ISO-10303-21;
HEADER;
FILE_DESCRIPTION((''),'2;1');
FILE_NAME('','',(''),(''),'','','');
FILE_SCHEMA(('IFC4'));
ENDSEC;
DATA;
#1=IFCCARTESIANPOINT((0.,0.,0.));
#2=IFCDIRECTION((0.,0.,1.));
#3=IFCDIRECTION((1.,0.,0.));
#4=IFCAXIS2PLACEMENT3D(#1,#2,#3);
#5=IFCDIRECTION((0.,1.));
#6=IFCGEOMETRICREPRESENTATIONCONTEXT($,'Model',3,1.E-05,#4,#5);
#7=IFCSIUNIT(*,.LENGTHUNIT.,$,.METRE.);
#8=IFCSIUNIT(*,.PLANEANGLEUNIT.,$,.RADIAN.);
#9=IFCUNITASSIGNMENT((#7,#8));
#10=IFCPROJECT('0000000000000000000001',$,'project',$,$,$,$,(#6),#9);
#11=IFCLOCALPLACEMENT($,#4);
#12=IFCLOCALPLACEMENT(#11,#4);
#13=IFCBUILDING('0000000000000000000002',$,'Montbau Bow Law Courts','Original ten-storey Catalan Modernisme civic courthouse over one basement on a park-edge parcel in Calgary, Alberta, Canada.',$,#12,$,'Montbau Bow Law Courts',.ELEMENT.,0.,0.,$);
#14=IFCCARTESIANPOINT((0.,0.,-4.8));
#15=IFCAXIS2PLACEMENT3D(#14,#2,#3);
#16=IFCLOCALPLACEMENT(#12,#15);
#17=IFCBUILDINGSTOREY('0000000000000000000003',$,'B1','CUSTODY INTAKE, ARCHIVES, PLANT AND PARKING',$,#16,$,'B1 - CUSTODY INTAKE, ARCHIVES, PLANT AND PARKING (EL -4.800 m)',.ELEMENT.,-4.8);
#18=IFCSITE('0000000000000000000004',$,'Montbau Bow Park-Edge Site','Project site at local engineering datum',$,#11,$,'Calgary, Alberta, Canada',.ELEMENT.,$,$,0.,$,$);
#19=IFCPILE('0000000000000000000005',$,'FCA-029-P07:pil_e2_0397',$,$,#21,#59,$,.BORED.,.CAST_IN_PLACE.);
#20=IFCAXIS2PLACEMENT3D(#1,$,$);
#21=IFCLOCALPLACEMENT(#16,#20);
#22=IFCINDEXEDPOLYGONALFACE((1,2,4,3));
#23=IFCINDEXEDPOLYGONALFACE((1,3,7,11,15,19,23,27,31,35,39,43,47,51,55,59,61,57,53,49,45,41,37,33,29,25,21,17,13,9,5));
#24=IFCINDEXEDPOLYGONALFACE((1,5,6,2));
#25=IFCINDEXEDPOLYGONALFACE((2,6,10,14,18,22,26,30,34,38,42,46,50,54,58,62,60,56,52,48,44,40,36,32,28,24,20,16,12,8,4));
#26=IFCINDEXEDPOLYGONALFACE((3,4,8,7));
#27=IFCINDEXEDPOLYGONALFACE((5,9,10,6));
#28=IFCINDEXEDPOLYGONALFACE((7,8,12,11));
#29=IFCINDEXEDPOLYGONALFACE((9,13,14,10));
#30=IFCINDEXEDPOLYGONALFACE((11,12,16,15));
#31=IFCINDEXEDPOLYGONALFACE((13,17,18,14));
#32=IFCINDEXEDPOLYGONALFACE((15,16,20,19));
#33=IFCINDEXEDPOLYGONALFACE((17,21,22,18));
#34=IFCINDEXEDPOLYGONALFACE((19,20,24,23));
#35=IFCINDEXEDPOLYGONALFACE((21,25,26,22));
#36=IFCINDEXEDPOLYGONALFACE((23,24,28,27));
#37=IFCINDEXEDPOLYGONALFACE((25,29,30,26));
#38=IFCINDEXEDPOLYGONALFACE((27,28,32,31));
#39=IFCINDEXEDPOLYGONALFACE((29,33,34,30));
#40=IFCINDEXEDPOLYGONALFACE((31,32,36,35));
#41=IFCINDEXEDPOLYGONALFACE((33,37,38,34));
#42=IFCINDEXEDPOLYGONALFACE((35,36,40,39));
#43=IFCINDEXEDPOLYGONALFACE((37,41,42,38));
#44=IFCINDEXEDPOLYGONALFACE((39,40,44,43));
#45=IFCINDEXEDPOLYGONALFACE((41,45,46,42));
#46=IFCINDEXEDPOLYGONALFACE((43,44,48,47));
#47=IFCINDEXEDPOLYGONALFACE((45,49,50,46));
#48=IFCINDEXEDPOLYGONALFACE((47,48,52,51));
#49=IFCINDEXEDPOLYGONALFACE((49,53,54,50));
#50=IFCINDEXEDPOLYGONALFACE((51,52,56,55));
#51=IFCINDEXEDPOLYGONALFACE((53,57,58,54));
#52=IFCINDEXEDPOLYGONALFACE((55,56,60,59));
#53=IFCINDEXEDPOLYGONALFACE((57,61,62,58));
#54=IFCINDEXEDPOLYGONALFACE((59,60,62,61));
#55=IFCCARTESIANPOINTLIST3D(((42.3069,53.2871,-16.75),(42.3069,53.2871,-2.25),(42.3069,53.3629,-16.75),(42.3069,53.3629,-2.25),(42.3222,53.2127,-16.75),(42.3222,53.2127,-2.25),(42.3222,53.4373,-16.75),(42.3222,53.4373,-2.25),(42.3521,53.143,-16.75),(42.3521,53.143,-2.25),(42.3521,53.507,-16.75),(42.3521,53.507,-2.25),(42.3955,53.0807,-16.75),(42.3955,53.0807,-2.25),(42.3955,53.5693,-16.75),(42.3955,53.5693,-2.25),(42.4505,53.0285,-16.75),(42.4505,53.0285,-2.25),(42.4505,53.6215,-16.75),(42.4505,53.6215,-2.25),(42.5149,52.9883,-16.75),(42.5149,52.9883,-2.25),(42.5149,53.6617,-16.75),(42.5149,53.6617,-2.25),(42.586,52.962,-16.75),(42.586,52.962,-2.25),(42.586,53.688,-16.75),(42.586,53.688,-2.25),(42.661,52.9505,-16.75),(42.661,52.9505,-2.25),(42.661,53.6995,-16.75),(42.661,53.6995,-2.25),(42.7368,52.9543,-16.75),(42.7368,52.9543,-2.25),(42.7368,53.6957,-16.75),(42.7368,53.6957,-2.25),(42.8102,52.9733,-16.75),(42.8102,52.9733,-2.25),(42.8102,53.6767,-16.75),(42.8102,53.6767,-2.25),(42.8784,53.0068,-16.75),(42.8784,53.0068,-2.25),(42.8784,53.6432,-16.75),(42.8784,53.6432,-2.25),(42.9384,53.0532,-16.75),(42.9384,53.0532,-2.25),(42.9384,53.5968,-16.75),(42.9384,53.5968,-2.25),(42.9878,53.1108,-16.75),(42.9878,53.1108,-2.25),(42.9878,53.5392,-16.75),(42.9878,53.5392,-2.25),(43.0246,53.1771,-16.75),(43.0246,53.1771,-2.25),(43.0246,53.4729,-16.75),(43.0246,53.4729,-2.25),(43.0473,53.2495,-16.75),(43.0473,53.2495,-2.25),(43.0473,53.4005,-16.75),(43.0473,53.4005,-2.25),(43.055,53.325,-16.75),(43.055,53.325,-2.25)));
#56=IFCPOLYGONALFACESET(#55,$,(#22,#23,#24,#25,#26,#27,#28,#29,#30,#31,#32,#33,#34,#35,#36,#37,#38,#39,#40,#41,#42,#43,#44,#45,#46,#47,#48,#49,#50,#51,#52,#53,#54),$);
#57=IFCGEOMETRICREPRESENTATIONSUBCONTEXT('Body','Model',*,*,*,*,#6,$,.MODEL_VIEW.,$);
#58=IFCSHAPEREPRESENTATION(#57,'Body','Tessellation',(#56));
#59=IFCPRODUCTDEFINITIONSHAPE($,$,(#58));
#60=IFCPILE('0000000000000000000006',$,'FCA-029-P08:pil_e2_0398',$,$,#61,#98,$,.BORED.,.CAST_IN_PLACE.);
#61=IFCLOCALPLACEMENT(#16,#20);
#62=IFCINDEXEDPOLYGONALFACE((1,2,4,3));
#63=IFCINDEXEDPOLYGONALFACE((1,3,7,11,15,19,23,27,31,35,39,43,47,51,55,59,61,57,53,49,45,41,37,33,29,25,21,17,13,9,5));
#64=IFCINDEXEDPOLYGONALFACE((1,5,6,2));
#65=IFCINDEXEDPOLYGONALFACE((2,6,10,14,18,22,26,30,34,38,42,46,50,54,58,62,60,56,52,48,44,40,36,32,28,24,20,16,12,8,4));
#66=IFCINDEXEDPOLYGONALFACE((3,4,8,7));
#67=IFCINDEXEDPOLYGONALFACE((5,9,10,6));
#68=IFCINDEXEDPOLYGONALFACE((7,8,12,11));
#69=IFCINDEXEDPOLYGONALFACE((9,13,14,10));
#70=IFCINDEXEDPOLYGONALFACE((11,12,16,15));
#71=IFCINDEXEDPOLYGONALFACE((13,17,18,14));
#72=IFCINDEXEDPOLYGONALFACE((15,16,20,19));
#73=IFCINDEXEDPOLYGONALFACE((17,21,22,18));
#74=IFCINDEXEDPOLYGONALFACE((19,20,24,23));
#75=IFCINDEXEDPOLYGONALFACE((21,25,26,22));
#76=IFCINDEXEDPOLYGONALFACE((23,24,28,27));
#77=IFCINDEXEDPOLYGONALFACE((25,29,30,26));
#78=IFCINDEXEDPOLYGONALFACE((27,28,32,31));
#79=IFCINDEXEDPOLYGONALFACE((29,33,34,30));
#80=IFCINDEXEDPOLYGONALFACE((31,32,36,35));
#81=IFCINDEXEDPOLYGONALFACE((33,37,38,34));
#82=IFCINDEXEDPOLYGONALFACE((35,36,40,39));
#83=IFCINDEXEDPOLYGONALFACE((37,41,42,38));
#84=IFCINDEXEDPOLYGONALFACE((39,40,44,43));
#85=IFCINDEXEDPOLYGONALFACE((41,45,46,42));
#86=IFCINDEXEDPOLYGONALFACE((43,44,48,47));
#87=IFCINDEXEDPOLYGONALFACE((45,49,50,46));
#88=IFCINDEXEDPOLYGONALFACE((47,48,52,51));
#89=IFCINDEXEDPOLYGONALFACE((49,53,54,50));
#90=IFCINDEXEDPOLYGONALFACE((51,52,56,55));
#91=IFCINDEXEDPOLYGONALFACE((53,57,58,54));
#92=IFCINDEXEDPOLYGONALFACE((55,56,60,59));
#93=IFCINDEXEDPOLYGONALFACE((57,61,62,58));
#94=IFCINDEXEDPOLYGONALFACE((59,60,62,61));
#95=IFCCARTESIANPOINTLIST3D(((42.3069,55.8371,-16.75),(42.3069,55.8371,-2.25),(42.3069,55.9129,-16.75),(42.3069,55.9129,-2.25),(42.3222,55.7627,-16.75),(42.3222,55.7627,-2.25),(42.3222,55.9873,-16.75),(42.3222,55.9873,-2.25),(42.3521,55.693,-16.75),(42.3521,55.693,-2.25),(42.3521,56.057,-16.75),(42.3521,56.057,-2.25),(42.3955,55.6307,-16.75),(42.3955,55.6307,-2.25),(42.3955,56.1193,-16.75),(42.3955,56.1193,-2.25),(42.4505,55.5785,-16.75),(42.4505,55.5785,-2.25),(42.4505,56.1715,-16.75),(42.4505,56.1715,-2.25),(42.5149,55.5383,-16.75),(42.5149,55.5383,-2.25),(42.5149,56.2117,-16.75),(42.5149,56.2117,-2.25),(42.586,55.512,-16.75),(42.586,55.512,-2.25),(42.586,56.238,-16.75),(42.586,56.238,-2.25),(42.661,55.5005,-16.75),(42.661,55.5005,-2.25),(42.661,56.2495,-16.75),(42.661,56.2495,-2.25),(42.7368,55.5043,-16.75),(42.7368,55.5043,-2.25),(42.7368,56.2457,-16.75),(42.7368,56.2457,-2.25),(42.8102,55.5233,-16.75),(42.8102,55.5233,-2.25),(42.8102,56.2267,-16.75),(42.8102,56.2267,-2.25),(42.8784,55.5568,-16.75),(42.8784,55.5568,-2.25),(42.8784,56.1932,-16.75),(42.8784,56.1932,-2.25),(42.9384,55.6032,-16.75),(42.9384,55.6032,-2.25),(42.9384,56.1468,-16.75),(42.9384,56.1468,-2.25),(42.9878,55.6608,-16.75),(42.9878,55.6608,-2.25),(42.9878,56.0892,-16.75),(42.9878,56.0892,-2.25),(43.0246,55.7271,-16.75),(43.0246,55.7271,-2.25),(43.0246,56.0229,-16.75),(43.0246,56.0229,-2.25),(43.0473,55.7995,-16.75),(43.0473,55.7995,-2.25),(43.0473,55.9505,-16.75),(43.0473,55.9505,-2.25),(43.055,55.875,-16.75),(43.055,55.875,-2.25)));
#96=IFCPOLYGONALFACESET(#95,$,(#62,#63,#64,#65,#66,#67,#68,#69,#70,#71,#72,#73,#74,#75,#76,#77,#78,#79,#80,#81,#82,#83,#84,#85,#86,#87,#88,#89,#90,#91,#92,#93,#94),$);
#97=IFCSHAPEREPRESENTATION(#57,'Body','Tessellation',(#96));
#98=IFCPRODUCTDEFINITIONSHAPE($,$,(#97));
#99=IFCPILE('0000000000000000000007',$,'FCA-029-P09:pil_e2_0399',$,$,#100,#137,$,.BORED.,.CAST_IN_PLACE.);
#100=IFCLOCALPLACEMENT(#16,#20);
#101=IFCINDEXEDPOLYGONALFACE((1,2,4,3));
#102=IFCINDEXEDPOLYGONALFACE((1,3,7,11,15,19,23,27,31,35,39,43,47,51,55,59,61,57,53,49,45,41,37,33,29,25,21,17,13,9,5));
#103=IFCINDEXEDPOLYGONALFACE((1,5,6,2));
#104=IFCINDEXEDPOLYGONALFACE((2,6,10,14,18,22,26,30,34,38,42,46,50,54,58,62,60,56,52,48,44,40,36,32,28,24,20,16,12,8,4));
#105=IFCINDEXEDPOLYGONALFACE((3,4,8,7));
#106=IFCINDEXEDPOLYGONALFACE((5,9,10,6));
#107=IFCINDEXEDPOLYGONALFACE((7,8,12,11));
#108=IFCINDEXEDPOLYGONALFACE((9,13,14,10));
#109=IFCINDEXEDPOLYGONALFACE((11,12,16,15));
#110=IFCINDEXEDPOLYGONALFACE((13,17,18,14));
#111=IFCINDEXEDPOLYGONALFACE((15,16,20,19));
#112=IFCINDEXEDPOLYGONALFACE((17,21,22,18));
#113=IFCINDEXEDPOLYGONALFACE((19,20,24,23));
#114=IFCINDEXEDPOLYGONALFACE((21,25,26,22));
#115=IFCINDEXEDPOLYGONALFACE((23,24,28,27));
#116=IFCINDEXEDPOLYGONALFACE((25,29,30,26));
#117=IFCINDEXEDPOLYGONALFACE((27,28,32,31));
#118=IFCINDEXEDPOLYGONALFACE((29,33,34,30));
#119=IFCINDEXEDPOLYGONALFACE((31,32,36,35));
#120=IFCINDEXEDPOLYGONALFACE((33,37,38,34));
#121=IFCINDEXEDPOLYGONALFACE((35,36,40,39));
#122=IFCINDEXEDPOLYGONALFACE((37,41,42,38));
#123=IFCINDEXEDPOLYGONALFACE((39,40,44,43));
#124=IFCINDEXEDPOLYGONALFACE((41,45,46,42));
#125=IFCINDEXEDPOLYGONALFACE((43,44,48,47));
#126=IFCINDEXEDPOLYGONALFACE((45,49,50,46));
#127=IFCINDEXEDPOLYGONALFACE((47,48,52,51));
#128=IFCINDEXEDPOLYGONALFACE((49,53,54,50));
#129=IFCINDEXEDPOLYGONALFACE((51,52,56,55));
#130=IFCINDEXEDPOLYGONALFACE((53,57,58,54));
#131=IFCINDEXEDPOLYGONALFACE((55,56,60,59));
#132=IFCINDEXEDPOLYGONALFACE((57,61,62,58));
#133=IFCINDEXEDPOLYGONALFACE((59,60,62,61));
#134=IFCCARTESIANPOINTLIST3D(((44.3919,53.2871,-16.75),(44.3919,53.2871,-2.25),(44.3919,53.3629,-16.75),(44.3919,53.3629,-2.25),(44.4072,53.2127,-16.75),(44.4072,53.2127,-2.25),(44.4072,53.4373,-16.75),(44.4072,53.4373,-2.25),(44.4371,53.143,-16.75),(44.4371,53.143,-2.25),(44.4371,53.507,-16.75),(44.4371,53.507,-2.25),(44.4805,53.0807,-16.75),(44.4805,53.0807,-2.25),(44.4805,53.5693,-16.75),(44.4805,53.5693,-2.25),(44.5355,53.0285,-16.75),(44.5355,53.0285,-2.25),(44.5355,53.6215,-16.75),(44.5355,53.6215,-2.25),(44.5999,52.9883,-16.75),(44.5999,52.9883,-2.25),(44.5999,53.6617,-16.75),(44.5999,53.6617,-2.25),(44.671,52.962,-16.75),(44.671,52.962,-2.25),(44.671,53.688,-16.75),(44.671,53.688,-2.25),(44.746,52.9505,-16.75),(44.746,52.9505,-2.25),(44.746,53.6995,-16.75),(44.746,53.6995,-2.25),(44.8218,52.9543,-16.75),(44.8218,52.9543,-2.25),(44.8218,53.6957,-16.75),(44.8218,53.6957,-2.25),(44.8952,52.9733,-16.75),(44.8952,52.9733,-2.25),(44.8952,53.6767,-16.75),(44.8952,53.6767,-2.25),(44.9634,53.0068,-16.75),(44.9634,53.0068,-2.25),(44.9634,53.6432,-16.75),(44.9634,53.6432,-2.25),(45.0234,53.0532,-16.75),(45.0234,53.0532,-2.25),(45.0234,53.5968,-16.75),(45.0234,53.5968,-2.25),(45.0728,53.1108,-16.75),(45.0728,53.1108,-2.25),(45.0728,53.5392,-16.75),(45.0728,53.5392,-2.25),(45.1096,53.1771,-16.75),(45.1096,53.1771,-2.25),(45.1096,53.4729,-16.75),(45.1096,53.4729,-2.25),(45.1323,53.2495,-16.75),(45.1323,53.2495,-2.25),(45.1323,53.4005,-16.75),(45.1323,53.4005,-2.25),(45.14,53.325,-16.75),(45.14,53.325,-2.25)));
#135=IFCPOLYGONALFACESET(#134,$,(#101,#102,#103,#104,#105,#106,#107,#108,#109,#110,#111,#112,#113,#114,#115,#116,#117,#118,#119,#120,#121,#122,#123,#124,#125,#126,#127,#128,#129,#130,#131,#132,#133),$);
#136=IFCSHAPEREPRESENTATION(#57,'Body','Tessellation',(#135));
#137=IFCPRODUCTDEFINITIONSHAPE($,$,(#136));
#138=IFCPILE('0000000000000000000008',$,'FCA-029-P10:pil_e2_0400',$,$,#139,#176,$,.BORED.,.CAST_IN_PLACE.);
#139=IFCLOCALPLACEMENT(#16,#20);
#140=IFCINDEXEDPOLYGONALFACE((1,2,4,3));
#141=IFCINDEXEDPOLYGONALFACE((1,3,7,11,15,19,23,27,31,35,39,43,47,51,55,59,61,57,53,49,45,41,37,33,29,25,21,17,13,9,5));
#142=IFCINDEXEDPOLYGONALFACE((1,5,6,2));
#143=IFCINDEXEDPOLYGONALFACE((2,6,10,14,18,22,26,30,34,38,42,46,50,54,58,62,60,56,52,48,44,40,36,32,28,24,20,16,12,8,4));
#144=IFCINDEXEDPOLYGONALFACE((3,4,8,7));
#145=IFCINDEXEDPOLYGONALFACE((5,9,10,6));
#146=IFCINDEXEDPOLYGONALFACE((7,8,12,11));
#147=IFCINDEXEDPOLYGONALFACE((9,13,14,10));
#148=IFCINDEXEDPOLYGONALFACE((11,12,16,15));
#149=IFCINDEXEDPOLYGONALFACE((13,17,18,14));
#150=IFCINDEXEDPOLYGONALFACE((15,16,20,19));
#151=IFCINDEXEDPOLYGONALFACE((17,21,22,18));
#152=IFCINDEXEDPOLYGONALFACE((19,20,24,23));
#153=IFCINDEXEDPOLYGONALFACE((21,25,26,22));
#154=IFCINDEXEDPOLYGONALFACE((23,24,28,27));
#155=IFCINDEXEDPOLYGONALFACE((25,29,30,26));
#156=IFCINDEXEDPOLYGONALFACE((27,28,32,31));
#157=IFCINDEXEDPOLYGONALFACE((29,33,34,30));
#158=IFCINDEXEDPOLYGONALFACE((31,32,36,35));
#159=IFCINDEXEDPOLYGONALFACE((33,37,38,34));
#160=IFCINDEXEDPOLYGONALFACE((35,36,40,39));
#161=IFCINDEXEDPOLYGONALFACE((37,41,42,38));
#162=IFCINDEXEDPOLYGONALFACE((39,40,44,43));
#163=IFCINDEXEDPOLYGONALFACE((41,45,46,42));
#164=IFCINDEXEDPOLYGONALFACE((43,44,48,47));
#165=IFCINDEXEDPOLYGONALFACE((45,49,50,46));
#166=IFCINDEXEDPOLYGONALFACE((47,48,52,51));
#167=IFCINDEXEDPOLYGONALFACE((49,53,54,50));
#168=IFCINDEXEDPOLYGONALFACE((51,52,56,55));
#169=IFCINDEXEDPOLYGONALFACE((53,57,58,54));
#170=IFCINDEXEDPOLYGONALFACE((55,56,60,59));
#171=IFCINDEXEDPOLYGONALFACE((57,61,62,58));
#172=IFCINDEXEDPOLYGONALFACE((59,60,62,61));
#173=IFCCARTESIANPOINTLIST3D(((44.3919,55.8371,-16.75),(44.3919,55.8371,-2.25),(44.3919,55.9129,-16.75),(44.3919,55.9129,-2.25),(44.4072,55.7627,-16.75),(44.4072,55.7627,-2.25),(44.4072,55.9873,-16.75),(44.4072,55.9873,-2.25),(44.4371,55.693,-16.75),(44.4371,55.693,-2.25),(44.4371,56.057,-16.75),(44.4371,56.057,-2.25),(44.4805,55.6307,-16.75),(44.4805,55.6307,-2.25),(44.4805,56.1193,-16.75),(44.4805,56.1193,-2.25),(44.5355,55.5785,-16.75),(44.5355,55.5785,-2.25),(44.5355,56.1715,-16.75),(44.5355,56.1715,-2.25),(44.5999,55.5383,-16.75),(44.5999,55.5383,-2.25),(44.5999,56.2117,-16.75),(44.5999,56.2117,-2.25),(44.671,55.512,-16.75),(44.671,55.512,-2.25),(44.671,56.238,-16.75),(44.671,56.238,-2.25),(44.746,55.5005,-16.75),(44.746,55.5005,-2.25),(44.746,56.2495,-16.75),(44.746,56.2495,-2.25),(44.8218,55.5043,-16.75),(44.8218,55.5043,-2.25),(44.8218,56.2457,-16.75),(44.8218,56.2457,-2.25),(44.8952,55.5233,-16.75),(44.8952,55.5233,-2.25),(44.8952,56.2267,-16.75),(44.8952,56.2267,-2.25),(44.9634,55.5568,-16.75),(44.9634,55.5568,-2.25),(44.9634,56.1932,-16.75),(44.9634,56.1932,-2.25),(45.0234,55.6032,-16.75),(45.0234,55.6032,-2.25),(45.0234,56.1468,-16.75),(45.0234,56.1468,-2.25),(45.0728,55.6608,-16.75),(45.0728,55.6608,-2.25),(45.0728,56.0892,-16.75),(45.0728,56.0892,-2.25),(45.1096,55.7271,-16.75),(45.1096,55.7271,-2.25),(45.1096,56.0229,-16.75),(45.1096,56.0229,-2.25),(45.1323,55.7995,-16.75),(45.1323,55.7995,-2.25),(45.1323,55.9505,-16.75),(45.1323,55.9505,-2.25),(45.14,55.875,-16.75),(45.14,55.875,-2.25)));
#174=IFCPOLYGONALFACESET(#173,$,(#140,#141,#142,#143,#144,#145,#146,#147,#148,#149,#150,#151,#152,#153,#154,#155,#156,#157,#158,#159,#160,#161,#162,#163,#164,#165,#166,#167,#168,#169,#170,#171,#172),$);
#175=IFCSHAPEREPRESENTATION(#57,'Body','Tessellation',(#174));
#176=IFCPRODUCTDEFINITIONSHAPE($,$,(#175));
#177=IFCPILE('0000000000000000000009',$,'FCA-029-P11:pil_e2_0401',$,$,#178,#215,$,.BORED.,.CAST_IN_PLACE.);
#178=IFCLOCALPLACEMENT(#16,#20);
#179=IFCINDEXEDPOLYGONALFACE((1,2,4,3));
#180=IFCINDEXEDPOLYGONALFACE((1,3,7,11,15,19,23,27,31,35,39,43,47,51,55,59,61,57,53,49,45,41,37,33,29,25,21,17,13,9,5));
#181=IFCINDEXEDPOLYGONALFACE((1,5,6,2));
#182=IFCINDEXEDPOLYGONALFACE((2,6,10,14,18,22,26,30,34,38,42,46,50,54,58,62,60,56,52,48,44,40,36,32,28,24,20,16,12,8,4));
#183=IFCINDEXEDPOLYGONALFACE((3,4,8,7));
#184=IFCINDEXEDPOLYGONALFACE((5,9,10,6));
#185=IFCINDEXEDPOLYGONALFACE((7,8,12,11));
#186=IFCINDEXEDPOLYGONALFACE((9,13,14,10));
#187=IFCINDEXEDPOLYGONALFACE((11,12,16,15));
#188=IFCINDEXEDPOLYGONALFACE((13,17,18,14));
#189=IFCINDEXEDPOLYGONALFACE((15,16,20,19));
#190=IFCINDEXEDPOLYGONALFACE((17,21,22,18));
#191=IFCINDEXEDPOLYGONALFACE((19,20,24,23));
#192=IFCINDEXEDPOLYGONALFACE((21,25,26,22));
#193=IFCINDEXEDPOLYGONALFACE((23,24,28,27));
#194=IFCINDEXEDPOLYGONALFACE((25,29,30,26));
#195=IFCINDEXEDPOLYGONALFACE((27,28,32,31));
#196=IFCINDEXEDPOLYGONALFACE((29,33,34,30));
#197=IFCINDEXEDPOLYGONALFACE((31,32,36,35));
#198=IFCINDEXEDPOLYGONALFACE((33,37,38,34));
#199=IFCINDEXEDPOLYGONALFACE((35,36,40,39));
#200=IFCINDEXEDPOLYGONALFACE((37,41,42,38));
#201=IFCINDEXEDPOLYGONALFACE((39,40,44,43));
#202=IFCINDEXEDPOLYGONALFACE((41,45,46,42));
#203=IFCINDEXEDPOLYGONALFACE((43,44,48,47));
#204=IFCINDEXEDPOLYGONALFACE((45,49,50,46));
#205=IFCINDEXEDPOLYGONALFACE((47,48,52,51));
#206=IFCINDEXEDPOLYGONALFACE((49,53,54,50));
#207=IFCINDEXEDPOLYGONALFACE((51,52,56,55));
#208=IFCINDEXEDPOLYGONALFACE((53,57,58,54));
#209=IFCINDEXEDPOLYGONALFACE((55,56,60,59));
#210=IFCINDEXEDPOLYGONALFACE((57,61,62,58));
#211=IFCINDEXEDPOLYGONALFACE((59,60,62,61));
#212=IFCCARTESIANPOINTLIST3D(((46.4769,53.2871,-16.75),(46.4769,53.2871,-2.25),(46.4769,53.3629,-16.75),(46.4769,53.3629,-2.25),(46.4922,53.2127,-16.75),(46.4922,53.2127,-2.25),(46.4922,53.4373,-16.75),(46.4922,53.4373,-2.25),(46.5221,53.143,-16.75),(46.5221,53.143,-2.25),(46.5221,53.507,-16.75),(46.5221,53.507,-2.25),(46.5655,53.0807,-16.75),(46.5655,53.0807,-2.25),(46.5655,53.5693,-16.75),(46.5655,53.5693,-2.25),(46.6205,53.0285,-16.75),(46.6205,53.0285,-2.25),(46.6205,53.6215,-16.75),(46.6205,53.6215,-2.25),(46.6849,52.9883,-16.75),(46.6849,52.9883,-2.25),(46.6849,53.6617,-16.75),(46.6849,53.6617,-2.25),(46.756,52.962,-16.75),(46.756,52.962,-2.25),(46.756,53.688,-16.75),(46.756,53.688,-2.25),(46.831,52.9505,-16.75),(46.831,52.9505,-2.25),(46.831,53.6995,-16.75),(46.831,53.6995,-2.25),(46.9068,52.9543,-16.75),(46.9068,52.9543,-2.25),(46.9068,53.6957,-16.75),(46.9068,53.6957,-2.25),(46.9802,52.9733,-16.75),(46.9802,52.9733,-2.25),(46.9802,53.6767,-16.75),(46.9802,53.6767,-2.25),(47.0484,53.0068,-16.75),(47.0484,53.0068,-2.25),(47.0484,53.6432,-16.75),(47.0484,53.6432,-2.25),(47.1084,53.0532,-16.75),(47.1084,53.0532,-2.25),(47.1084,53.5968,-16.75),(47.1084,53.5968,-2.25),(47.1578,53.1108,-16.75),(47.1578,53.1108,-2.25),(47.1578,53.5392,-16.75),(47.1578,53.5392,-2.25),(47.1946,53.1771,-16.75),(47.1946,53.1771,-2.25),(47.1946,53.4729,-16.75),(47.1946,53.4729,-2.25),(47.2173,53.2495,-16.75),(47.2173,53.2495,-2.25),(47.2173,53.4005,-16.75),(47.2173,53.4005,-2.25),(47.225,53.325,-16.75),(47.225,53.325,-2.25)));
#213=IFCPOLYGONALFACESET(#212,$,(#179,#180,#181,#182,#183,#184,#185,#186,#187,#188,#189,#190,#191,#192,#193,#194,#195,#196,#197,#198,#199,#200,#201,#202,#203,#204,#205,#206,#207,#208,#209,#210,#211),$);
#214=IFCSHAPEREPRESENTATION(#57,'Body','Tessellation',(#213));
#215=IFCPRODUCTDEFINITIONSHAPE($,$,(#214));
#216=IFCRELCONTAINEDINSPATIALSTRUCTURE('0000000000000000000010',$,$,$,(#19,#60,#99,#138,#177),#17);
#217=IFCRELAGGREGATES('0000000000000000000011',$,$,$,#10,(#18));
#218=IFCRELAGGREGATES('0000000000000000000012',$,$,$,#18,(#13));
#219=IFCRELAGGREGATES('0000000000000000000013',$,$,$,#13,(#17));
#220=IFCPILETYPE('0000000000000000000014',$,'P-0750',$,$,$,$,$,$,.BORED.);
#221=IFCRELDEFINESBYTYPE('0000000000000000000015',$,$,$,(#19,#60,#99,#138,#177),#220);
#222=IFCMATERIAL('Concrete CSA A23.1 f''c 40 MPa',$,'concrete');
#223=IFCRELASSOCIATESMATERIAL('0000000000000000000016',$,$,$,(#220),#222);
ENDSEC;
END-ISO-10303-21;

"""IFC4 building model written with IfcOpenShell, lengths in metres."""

from ifc_helpers import new_model, si_unit, direction, frame, origin_with_axes, origin_2d_with_axis, place, context, subcontext, project, spatial, circle, extrude, material, material_profile, profile_set, type_object, element, save


model = new_model("IFC4")

# Units and contexts
model_context = context("Model", 3, precision=1e-05, world=origin_with_axes(), true_north=direction((0.0, 1.0)))
body_context = subcontext(model_context, "Body", "Model", "MODEL_VIEW")
ifc_project = project(units=[si_unit("LENGTHUNIT", "METRE"), si_unit("PLANEANGLEUNIT", "RADIAN")], contexts=[model_context])

# Site, building, storey
site_placement = place(None, origin_with_axes())
site = spatial("IfcSite", under=ifc_project, at=site_placement, Name="Montbau Bow Park-Edge Site", Description="Project site at local engineering datum", LongName="Calgary, Alberta, Canada", CompositionType="ELEMENT", RefElevation=0.0)
building_placement = place(site_placement, origin_with_axes())
building = spatial("IfcBuilding", under=site, at=building_placement, Name="Montbau Bow Law Courts", Description="Original ten-storey Catalan Modernisme civic courthouse over one basement on a park-edge parcel in Calgary, Alberta, Canada.", LongName="Montbau Bow Law Courts", CompositionType="ELEMENT", ElevationOfRefHeight=0.0, ElevationOfTerrain=0.0)
storey_placement = place(building_placement, frame((0.0, 0.0, -4.8), z_axis=(0.0, 0.0, 1.0), x_axis=(1.0, 0.0, 0.0)))
storey = spatial("IfcBuildingStorey", under=building, at=storey_placement, Name="B1", Description="CUSTODY INTAKE, ARCHIVES, PLANT AND PARKING", LongName="B1 - CUSTODY INTAKE, ARCHIVES, PLANT AND PARKING (EL -4.800 m)", CompositionType="ELEMENT", Elevation=-4.8)

# Piles
ifc_material_1 = material(Name="Concrete CSA A23.1 f'c 40 MPa", Category="concrete")
ifc_material_profile_1 = material_profile(ifc_material_1, circle(Radius=0.375, at=origin_2d_with_axis()), Name="BP750", Category="Main", Priority=0)
ifc_profile_set_1 = profile_set([ifc_material_profile_1], Name="Concrete CSA A23.1 f'c 40 MPa")
pile_type_1 = type_object("IfcPileType", Name="P-0750", PredefinedType="BORED", material=ifc_profile_set_1)
for number, where, z_axis, x_axis, name in (
    (1, (42.68, 53.325, -21.55), (0.0, 0.0, 1.0), (1.0, 0.0, 0.0), "FCA-029-P07:pil_e2_0397"),
    (2, (42.68, 55.875, -21.55), (0.0, 0.0, 1.0), (1.0, 0.0, 0.0), "FCA-029-P08:pil_e2_0398"),
    (3, (44.765, 53.325, -21.55), (0.0, 0.0, 1.0), (1.0, 0.0, 0.0), "FCA-029-P09:pil_e2_0399"),
    (4, (44.765, 55.875, -21.55), (0.0, 0.0, 1.0), (1.0, 0.0, 0.0), "FCA-029-P10:pil_e2_0400"),
    (5, (46.85, 53.325, -21.55), (0.0, 0.0, 1.0), (1.0, 0.0, 0.0), "FCA-029-P11:pil_e2_0401"),
):
    element("IfcPile", number, at=place(None, frame(where, z_axis=z_axis, x_axis=x_axis)), inside=storey, type_object=pile_type_1, Name=name, ConstructionType="CAST_IN_PLACE", PredefinedType="BORED", context=body_context, shape_type="SweptSolid", body=[
        extrude(circle(Radius=0.375, at=origin_2d_with_axis()), origin_with_axes(), (0.0, 0.0, 1.0), 14.5),
    ])

save(model, "model.ifc")
